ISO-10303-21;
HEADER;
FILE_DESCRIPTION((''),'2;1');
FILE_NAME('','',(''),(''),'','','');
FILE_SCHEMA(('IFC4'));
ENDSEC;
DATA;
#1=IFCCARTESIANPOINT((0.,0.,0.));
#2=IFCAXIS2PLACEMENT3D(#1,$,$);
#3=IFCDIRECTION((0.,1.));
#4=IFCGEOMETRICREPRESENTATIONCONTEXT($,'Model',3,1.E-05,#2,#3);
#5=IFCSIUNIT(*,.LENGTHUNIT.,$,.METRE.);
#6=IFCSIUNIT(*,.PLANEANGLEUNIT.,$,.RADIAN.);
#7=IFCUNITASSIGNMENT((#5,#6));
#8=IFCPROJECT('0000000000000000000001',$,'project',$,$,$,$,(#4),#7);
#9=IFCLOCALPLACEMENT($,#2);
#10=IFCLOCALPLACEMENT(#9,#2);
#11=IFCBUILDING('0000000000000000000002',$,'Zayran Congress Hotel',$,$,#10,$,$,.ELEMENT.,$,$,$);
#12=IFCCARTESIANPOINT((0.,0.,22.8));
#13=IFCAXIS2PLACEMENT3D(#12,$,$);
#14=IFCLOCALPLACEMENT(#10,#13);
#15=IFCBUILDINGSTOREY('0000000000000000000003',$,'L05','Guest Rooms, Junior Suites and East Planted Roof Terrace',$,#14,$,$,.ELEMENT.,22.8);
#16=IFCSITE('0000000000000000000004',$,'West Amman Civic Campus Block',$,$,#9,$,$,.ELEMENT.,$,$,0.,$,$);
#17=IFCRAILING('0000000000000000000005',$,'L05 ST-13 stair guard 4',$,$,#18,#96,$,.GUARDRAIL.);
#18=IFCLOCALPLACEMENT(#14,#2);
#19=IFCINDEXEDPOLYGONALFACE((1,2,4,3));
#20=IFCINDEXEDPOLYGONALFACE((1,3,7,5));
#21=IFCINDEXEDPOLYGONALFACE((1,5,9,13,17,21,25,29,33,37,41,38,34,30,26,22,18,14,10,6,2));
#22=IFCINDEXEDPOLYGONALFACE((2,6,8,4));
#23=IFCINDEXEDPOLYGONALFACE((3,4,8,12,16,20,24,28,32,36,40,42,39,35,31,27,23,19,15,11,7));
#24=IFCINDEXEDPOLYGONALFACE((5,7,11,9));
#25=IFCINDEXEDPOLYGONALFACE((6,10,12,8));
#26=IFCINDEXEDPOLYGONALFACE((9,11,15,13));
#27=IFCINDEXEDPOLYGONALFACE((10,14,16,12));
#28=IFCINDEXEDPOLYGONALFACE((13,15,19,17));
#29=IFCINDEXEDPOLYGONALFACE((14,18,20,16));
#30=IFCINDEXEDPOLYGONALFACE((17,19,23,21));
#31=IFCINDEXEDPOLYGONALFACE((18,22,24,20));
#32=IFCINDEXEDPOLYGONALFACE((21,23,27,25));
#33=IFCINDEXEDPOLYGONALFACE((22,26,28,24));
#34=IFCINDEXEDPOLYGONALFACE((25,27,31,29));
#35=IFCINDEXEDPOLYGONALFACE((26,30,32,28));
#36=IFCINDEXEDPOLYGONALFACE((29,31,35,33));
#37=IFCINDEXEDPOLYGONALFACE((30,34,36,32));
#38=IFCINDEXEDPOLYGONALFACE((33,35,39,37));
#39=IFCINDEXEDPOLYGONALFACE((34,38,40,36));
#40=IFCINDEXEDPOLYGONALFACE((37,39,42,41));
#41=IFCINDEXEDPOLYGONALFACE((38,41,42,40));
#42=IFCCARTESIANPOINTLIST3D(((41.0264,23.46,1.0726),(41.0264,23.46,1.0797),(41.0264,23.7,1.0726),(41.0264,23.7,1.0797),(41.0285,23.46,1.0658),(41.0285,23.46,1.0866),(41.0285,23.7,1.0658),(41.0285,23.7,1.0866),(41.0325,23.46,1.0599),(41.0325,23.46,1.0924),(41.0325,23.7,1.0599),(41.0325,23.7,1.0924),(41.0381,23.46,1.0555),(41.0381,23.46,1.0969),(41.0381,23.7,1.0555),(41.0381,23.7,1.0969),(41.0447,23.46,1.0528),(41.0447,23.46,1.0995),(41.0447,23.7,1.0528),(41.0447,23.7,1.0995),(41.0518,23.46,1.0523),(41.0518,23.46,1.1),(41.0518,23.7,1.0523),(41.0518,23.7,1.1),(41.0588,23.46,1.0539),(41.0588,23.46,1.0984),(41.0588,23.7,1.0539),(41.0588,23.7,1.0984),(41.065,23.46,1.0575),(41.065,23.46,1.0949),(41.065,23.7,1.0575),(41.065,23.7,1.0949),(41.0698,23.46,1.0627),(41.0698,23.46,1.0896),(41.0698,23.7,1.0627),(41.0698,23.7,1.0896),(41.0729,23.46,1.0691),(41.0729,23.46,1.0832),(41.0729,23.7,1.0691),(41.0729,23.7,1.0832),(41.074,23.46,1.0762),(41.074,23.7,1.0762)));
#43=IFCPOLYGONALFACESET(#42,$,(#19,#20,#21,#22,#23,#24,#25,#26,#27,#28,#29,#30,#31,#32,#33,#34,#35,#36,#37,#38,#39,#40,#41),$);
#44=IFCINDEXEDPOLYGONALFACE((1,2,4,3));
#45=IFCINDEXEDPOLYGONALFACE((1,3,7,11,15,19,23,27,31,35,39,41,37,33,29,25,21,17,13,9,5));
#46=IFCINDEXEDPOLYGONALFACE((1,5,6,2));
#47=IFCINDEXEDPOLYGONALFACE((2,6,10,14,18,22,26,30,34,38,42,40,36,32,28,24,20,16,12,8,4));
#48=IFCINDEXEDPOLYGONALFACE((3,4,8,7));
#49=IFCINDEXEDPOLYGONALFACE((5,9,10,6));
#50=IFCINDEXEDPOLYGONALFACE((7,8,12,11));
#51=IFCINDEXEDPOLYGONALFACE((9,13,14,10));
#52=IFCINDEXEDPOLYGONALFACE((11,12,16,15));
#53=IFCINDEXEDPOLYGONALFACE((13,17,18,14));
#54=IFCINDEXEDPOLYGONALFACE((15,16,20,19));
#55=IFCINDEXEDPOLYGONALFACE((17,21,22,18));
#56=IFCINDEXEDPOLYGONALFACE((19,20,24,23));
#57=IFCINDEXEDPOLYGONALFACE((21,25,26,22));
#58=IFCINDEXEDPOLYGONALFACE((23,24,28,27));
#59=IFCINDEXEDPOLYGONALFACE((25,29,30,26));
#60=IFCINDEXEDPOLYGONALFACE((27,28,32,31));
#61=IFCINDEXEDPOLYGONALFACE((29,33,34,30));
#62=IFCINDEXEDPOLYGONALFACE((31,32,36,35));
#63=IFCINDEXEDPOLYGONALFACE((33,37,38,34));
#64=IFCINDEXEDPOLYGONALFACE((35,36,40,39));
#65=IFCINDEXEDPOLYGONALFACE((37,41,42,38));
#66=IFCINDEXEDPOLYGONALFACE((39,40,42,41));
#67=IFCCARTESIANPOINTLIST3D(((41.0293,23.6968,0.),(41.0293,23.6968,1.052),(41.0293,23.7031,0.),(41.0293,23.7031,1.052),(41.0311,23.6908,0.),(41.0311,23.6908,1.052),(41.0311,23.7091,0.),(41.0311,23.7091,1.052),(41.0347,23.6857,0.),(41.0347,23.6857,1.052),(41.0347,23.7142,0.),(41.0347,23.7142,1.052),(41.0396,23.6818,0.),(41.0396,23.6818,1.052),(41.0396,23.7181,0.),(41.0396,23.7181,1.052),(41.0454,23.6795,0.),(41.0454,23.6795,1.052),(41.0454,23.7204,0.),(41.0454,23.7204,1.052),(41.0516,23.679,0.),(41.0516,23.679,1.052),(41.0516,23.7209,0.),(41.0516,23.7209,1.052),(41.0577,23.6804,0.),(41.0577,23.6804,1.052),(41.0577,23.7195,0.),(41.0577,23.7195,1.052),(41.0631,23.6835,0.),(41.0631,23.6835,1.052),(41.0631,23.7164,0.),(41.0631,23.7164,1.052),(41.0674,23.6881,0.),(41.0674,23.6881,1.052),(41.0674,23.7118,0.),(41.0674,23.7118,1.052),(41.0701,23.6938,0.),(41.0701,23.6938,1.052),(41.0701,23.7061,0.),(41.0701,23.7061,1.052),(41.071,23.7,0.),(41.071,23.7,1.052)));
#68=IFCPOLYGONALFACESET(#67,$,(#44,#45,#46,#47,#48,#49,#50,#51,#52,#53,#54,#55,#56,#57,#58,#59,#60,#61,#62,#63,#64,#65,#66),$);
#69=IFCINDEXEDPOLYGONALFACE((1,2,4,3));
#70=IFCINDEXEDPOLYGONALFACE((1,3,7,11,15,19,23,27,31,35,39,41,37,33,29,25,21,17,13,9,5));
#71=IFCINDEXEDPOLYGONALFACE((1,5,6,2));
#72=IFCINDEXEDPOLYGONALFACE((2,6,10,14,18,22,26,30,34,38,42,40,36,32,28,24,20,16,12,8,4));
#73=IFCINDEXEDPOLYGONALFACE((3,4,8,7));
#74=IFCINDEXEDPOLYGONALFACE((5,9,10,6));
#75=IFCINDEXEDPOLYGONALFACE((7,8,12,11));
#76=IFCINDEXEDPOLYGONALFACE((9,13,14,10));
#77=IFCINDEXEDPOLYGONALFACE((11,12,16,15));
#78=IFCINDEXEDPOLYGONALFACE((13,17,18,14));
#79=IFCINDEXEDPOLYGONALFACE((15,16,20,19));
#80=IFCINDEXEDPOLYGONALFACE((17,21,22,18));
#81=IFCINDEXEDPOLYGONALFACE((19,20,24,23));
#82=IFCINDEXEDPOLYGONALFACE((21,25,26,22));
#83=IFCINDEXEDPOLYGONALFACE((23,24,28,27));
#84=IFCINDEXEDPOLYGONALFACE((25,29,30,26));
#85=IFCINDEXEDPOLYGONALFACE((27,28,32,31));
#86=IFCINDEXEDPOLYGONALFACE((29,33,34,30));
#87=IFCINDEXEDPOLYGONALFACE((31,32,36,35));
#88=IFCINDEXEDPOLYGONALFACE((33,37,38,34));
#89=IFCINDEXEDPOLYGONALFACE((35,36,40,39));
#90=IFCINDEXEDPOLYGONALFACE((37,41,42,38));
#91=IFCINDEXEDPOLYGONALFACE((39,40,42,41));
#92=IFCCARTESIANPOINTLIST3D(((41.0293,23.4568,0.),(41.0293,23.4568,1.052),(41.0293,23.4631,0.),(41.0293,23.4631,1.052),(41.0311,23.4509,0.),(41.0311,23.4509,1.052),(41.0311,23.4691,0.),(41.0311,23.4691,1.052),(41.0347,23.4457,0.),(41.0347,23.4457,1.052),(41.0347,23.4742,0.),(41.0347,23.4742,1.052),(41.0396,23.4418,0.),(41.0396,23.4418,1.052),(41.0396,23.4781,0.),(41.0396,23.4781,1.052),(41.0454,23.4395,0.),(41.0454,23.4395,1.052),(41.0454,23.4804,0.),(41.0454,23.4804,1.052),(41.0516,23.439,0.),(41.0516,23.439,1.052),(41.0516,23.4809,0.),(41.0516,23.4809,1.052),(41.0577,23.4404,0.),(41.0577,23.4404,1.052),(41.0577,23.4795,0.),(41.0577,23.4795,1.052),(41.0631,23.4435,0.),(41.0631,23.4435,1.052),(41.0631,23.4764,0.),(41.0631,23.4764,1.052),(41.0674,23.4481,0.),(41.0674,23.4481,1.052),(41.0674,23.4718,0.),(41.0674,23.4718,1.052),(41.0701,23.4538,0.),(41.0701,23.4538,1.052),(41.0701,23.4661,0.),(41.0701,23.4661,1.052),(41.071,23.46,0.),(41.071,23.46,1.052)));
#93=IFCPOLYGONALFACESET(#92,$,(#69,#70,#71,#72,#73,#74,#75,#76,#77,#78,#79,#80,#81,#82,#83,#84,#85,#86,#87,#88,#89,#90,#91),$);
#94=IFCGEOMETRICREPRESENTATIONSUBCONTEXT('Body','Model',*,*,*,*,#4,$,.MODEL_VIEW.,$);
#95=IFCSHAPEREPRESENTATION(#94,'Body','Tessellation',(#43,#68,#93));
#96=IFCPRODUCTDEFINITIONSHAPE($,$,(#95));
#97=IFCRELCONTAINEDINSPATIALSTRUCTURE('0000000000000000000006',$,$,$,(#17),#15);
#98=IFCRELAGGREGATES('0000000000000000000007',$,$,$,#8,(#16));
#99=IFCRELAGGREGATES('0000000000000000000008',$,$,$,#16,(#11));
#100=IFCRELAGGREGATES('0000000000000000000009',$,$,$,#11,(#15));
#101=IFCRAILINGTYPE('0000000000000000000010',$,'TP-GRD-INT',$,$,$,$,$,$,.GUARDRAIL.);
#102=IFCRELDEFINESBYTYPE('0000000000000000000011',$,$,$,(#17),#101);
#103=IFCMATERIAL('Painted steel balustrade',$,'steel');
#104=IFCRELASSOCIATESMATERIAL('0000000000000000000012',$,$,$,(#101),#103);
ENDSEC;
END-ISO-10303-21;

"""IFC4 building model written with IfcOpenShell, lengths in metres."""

from ifc_helpers import new_model, si_unit, direction, frame, origin, origin_2d, place, context, subcontext, project, spatial, circle, extrude, material, type_object, element, save


model = new_model("IFC4")

# Units and contexts
model_context = context("Model", 3, precision=1e-05, world=origin(), true_north=direction((0.0, 1.0)))
body_context = subcontext(model_context, "Body", "Model", "MODEL_VIEW")
ifc_project = project(units=[si_unit("LENGTHUNIT", "METRE"), si_unit("PLANEANGLEUNIT", "RADIAN")], contexts=[model_context])

# Site, building, storey
site_placement = place(None, origin())
site = spatial("IfcSite", under=ifc_project, at=site_placement, Name="West Amman Civic Campus Block", CompositionType="ELEMENT", RefElevation=0.0)
building_placement = place(site_placement, origin())
building = spatial("IfcBuilding", under=site, at=building_placement, Name="Zayran Congress Hotel", CompositionType="ELEMENT")
storey_placement = place(building_placement, frame((0.0, 0.0, 22.8)))
storey = spatial("IfcBuildingStorey", under=building, at=storey_placement, Name="L05", Description="Guest Rooms, Junior Suites and East Planted Roof Terrace", CompositionType="ELEMENT", Elevation=22.8)

# Railing
ifc_material_1 = material(Name="Painted steel balustrade", Category="steel")
railing_type_1 = type_object("IfcRailingType", Name="TP-GRD-INT", PredefinedType="GUARDRAIL", material=ifc_material_1)
railing_1_placement = place(storey_placement, frame((41.05, 23.7, 0.0)))
element("IfcRailing", 1, at=railing_1_placement, inside=storey, type_object=railing_type_1, Name="L05 ST-13 stair guard 4", PredefinedType="GUARDRAIL", context=body_context, shape_type="SweptSolid", body=[
    extrude(circle(Radius=0.0239, at=origin_2d()), frame((0.0, 0.0, 1.0762), z_axis=(0.0, -1.0, 0.0), x_axis=(1.0, 0.0, 0.0)), (0.0, 0.0, 1.0), 0.24),
    extrude(circle(Radius=0.021, at=origin_2d()), origin(), (0.0, 0.0, 1.0), 1.052),
    extrude(circle(Radius=0.021, at=origin_2d()), frame((0.0, -0.24, 0.0)), (0.0, 0.0, 1.0), 1.052),
])

save(model, "model.ifc")
